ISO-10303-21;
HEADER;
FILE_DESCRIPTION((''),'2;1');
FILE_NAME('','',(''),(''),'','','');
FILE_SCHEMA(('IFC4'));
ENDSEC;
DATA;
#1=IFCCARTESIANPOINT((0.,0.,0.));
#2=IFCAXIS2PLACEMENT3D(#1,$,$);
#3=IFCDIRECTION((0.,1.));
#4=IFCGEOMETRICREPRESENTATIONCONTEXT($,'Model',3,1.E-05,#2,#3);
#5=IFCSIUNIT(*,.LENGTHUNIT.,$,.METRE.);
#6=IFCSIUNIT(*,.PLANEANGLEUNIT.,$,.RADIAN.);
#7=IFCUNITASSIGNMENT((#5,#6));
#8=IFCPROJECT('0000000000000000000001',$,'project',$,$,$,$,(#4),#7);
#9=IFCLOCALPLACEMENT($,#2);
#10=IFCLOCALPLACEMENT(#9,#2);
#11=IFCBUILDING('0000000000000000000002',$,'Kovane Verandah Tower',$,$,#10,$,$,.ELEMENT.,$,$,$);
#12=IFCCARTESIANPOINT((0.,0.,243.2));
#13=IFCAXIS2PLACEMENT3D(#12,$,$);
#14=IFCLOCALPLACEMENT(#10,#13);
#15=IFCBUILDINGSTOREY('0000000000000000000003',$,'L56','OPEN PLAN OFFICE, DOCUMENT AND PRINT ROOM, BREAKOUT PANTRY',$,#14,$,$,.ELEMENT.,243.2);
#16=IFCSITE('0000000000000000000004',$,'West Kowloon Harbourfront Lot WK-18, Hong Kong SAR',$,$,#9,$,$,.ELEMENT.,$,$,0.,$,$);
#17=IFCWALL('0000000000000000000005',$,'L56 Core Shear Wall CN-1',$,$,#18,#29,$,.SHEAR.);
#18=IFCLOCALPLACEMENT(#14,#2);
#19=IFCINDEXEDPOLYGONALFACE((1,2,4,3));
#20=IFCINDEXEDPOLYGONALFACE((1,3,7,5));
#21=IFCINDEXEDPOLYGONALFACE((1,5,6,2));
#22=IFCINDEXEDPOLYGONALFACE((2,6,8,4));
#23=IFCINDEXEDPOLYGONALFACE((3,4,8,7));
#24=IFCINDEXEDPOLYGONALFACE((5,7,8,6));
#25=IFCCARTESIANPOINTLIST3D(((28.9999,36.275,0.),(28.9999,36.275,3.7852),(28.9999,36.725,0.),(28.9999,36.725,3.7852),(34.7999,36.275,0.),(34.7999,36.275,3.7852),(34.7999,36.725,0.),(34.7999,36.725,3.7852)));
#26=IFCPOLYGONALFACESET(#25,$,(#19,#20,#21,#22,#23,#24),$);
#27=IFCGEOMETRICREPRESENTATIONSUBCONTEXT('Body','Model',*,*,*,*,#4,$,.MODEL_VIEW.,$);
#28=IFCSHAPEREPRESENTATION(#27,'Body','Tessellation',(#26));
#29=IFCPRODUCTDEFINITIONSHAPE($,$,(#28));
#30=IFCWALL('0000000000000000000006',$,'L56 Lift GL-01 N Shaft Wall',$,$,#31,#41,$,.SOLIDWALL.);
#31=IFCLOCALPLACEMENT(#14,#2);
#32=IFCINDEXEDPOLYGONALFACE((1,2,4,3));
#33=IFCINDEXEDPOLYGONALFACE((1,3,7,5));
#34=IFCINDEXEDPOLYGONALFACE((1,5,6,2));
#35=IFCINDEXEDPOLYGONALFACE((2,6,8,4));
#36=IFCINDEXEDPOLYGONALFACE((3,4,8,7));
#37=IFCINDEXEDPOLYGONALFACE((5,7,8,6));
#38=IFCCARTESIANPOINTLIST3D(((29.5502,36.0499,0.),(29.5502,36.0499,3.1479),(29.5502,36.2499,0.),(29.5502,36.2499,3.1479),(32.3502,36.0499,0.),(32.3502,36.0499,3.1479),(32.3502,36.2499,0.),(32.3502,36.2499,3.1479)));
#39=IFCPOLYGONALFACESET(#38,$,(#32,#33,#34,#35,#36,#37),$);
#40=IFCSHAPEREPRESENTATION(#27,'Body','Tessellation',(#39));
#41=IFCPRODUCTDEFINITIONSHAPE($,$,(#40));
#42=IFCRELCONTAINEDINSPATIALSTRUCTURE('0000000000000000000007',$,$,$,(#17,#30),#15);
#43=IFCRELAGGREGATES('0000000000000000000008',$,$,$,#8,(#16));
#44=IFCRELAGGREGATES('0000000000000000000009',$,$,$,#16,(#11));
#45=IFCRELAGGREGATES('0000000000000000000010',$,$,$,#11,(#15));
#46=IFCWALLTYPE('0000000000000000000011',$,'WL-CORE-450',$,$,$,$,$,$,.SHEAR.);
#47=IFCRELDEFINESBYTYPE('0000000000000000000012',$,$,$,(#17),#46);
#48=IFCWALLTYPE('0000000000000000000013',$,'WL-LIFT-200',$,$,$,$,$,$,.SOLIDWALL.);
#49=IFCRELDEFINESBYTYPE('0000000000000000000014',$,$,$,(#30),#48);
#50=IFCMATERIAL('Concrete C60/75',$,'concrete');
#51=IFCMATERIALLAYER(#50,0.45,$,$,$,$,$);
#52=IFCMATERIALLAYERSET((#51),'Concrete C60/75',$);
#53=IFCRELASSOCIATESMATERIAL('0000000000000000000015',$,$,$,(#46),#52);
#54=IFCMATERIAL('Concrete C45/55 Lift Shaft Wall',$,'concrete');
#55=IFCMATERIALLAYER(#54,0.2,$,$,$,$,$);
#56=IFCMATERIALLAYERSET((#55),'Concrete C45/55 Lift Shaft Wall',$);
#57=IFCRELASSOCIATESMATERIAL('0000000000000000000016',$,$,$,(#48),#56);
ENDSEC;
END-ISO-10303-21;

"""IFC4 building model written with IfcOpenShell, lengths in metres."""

from ifc_helpers import new_model, si_unit, direction, frame, frame_2d, origin, place, context, subcontext, project, spatial, rectangle, extrude, material, layer, layer_set, type_object, element, save


model = new_model("IFC4")

# Units and contexts
model_context = context("Model", 3, precision=1e-05, world=origin(), true_north=direction((0.0, 1.0)))
body_context = subcontext(model_context, "Body", "Model", "MODEL_VIEW")
ifc_project = project(units=[si_unit("LENGTHUNIT", "METRE"), si_unit("PLANEANGLEUNIT", "RADIAN")], contexts=[model_context])

# Site, building, storey
site_placement = place(None, origin())
site = spatial("IfcSite", under=ifc_project, at=site_placement, Name="West Kowloon Harbourfront Lot WK-18, Hong Kong SAR", CompositionType="ELEMENT", RefElevation=0.0)
building_placement = place(site_placement, origin())
building = spatial("IfcBuilding", under=site, at=building_placement, Name="Kovane Verandah Tower", CompositionType="ELEMENT")
storey_placement = place(building_placement, frame((0.0, 0.0, 243.2)))
storey = spatial("IfcBuildingStorey", under=building, at=storey_placement, Name="L56", Description="OPEN PLAN OFFICE, DOCUMENT AND PRINT ROOM, BREAKOUT PANTRY", CompositionType="ELEMENT", Elevation=243.2)

# Shared definitions
ifc_material_1 = material(Name="Concrete C60/75", Category="concrete")

# Walls
ifc_layer_1 = layer(ifc_material_1, 0.45)
ifc_layer_set_1 = layer_set([ifc_layer_1], Name="Concrete C60/75")
wall_type_1 = type_object("IfcWallType", Name="WL-CORE-450", PredefinedType="SHEAR", material=ifc_layer_set_1)
wall_1_placement = place(storey_placement, frame((29.0, 36.5, 0.0), z_axis=(0.0, 0.0, 1.0), x_axis=(1.0, 0.0, 0.0)))
element("IfcWall", 1, at=wall_1_placement, inside=storey, type_object=wall_type_1, Name="L56 Core Shear Wall CN-1", PredefinedType="SHEAR", context=body_context, shape_type="SweptSolid", body=[
    extrude(rectangle(XDim=5.8, YDim=0.45, at=frame_2d((2.8999, 0.0))), origin(), (0.0, 0.0, 1.0), 3.7852),
])
ifc_material_2 = material(Name="Concrete C45/55 Lift Shaft Wall", Category="concrete")
ifc_layer_2 = layer(ifc_material_2, 0.2)
ifc_layer_set_2 = layer_set([ifc_layer_2], Name="Concrete C45/55 Lift Shaft Wall")
wall_type_2 = type_object("IfcWallType", Name="WL-LIFT-200", PredefinedType="SOLIDWALL", material=ifc_layer_set_2)
wall_2_placement = place(storey_placement, frame((32.3501, 36.1499, 0.0), z_axis=(0.0, 0.0, 1.0), x_axis=(-1.0, 0.0, 0.0)))
element("IfcWall", 2, at=wall_2_placement, inside=storey, type_object=wall_type_2, Name="L56 Lift GL-01 N Shaft Wall", PredefinedType="SOLIDWALL", context=body_context, shape_type="SweptSolid", body=[
    extrude(rectangle(XDim=2.8, YDim=0.2, at=frame_2d((1.3999, 0.0))), origin(), (0.0, 0.0, 1.0), 3.1479),
])

save(model, "model.ifc")
